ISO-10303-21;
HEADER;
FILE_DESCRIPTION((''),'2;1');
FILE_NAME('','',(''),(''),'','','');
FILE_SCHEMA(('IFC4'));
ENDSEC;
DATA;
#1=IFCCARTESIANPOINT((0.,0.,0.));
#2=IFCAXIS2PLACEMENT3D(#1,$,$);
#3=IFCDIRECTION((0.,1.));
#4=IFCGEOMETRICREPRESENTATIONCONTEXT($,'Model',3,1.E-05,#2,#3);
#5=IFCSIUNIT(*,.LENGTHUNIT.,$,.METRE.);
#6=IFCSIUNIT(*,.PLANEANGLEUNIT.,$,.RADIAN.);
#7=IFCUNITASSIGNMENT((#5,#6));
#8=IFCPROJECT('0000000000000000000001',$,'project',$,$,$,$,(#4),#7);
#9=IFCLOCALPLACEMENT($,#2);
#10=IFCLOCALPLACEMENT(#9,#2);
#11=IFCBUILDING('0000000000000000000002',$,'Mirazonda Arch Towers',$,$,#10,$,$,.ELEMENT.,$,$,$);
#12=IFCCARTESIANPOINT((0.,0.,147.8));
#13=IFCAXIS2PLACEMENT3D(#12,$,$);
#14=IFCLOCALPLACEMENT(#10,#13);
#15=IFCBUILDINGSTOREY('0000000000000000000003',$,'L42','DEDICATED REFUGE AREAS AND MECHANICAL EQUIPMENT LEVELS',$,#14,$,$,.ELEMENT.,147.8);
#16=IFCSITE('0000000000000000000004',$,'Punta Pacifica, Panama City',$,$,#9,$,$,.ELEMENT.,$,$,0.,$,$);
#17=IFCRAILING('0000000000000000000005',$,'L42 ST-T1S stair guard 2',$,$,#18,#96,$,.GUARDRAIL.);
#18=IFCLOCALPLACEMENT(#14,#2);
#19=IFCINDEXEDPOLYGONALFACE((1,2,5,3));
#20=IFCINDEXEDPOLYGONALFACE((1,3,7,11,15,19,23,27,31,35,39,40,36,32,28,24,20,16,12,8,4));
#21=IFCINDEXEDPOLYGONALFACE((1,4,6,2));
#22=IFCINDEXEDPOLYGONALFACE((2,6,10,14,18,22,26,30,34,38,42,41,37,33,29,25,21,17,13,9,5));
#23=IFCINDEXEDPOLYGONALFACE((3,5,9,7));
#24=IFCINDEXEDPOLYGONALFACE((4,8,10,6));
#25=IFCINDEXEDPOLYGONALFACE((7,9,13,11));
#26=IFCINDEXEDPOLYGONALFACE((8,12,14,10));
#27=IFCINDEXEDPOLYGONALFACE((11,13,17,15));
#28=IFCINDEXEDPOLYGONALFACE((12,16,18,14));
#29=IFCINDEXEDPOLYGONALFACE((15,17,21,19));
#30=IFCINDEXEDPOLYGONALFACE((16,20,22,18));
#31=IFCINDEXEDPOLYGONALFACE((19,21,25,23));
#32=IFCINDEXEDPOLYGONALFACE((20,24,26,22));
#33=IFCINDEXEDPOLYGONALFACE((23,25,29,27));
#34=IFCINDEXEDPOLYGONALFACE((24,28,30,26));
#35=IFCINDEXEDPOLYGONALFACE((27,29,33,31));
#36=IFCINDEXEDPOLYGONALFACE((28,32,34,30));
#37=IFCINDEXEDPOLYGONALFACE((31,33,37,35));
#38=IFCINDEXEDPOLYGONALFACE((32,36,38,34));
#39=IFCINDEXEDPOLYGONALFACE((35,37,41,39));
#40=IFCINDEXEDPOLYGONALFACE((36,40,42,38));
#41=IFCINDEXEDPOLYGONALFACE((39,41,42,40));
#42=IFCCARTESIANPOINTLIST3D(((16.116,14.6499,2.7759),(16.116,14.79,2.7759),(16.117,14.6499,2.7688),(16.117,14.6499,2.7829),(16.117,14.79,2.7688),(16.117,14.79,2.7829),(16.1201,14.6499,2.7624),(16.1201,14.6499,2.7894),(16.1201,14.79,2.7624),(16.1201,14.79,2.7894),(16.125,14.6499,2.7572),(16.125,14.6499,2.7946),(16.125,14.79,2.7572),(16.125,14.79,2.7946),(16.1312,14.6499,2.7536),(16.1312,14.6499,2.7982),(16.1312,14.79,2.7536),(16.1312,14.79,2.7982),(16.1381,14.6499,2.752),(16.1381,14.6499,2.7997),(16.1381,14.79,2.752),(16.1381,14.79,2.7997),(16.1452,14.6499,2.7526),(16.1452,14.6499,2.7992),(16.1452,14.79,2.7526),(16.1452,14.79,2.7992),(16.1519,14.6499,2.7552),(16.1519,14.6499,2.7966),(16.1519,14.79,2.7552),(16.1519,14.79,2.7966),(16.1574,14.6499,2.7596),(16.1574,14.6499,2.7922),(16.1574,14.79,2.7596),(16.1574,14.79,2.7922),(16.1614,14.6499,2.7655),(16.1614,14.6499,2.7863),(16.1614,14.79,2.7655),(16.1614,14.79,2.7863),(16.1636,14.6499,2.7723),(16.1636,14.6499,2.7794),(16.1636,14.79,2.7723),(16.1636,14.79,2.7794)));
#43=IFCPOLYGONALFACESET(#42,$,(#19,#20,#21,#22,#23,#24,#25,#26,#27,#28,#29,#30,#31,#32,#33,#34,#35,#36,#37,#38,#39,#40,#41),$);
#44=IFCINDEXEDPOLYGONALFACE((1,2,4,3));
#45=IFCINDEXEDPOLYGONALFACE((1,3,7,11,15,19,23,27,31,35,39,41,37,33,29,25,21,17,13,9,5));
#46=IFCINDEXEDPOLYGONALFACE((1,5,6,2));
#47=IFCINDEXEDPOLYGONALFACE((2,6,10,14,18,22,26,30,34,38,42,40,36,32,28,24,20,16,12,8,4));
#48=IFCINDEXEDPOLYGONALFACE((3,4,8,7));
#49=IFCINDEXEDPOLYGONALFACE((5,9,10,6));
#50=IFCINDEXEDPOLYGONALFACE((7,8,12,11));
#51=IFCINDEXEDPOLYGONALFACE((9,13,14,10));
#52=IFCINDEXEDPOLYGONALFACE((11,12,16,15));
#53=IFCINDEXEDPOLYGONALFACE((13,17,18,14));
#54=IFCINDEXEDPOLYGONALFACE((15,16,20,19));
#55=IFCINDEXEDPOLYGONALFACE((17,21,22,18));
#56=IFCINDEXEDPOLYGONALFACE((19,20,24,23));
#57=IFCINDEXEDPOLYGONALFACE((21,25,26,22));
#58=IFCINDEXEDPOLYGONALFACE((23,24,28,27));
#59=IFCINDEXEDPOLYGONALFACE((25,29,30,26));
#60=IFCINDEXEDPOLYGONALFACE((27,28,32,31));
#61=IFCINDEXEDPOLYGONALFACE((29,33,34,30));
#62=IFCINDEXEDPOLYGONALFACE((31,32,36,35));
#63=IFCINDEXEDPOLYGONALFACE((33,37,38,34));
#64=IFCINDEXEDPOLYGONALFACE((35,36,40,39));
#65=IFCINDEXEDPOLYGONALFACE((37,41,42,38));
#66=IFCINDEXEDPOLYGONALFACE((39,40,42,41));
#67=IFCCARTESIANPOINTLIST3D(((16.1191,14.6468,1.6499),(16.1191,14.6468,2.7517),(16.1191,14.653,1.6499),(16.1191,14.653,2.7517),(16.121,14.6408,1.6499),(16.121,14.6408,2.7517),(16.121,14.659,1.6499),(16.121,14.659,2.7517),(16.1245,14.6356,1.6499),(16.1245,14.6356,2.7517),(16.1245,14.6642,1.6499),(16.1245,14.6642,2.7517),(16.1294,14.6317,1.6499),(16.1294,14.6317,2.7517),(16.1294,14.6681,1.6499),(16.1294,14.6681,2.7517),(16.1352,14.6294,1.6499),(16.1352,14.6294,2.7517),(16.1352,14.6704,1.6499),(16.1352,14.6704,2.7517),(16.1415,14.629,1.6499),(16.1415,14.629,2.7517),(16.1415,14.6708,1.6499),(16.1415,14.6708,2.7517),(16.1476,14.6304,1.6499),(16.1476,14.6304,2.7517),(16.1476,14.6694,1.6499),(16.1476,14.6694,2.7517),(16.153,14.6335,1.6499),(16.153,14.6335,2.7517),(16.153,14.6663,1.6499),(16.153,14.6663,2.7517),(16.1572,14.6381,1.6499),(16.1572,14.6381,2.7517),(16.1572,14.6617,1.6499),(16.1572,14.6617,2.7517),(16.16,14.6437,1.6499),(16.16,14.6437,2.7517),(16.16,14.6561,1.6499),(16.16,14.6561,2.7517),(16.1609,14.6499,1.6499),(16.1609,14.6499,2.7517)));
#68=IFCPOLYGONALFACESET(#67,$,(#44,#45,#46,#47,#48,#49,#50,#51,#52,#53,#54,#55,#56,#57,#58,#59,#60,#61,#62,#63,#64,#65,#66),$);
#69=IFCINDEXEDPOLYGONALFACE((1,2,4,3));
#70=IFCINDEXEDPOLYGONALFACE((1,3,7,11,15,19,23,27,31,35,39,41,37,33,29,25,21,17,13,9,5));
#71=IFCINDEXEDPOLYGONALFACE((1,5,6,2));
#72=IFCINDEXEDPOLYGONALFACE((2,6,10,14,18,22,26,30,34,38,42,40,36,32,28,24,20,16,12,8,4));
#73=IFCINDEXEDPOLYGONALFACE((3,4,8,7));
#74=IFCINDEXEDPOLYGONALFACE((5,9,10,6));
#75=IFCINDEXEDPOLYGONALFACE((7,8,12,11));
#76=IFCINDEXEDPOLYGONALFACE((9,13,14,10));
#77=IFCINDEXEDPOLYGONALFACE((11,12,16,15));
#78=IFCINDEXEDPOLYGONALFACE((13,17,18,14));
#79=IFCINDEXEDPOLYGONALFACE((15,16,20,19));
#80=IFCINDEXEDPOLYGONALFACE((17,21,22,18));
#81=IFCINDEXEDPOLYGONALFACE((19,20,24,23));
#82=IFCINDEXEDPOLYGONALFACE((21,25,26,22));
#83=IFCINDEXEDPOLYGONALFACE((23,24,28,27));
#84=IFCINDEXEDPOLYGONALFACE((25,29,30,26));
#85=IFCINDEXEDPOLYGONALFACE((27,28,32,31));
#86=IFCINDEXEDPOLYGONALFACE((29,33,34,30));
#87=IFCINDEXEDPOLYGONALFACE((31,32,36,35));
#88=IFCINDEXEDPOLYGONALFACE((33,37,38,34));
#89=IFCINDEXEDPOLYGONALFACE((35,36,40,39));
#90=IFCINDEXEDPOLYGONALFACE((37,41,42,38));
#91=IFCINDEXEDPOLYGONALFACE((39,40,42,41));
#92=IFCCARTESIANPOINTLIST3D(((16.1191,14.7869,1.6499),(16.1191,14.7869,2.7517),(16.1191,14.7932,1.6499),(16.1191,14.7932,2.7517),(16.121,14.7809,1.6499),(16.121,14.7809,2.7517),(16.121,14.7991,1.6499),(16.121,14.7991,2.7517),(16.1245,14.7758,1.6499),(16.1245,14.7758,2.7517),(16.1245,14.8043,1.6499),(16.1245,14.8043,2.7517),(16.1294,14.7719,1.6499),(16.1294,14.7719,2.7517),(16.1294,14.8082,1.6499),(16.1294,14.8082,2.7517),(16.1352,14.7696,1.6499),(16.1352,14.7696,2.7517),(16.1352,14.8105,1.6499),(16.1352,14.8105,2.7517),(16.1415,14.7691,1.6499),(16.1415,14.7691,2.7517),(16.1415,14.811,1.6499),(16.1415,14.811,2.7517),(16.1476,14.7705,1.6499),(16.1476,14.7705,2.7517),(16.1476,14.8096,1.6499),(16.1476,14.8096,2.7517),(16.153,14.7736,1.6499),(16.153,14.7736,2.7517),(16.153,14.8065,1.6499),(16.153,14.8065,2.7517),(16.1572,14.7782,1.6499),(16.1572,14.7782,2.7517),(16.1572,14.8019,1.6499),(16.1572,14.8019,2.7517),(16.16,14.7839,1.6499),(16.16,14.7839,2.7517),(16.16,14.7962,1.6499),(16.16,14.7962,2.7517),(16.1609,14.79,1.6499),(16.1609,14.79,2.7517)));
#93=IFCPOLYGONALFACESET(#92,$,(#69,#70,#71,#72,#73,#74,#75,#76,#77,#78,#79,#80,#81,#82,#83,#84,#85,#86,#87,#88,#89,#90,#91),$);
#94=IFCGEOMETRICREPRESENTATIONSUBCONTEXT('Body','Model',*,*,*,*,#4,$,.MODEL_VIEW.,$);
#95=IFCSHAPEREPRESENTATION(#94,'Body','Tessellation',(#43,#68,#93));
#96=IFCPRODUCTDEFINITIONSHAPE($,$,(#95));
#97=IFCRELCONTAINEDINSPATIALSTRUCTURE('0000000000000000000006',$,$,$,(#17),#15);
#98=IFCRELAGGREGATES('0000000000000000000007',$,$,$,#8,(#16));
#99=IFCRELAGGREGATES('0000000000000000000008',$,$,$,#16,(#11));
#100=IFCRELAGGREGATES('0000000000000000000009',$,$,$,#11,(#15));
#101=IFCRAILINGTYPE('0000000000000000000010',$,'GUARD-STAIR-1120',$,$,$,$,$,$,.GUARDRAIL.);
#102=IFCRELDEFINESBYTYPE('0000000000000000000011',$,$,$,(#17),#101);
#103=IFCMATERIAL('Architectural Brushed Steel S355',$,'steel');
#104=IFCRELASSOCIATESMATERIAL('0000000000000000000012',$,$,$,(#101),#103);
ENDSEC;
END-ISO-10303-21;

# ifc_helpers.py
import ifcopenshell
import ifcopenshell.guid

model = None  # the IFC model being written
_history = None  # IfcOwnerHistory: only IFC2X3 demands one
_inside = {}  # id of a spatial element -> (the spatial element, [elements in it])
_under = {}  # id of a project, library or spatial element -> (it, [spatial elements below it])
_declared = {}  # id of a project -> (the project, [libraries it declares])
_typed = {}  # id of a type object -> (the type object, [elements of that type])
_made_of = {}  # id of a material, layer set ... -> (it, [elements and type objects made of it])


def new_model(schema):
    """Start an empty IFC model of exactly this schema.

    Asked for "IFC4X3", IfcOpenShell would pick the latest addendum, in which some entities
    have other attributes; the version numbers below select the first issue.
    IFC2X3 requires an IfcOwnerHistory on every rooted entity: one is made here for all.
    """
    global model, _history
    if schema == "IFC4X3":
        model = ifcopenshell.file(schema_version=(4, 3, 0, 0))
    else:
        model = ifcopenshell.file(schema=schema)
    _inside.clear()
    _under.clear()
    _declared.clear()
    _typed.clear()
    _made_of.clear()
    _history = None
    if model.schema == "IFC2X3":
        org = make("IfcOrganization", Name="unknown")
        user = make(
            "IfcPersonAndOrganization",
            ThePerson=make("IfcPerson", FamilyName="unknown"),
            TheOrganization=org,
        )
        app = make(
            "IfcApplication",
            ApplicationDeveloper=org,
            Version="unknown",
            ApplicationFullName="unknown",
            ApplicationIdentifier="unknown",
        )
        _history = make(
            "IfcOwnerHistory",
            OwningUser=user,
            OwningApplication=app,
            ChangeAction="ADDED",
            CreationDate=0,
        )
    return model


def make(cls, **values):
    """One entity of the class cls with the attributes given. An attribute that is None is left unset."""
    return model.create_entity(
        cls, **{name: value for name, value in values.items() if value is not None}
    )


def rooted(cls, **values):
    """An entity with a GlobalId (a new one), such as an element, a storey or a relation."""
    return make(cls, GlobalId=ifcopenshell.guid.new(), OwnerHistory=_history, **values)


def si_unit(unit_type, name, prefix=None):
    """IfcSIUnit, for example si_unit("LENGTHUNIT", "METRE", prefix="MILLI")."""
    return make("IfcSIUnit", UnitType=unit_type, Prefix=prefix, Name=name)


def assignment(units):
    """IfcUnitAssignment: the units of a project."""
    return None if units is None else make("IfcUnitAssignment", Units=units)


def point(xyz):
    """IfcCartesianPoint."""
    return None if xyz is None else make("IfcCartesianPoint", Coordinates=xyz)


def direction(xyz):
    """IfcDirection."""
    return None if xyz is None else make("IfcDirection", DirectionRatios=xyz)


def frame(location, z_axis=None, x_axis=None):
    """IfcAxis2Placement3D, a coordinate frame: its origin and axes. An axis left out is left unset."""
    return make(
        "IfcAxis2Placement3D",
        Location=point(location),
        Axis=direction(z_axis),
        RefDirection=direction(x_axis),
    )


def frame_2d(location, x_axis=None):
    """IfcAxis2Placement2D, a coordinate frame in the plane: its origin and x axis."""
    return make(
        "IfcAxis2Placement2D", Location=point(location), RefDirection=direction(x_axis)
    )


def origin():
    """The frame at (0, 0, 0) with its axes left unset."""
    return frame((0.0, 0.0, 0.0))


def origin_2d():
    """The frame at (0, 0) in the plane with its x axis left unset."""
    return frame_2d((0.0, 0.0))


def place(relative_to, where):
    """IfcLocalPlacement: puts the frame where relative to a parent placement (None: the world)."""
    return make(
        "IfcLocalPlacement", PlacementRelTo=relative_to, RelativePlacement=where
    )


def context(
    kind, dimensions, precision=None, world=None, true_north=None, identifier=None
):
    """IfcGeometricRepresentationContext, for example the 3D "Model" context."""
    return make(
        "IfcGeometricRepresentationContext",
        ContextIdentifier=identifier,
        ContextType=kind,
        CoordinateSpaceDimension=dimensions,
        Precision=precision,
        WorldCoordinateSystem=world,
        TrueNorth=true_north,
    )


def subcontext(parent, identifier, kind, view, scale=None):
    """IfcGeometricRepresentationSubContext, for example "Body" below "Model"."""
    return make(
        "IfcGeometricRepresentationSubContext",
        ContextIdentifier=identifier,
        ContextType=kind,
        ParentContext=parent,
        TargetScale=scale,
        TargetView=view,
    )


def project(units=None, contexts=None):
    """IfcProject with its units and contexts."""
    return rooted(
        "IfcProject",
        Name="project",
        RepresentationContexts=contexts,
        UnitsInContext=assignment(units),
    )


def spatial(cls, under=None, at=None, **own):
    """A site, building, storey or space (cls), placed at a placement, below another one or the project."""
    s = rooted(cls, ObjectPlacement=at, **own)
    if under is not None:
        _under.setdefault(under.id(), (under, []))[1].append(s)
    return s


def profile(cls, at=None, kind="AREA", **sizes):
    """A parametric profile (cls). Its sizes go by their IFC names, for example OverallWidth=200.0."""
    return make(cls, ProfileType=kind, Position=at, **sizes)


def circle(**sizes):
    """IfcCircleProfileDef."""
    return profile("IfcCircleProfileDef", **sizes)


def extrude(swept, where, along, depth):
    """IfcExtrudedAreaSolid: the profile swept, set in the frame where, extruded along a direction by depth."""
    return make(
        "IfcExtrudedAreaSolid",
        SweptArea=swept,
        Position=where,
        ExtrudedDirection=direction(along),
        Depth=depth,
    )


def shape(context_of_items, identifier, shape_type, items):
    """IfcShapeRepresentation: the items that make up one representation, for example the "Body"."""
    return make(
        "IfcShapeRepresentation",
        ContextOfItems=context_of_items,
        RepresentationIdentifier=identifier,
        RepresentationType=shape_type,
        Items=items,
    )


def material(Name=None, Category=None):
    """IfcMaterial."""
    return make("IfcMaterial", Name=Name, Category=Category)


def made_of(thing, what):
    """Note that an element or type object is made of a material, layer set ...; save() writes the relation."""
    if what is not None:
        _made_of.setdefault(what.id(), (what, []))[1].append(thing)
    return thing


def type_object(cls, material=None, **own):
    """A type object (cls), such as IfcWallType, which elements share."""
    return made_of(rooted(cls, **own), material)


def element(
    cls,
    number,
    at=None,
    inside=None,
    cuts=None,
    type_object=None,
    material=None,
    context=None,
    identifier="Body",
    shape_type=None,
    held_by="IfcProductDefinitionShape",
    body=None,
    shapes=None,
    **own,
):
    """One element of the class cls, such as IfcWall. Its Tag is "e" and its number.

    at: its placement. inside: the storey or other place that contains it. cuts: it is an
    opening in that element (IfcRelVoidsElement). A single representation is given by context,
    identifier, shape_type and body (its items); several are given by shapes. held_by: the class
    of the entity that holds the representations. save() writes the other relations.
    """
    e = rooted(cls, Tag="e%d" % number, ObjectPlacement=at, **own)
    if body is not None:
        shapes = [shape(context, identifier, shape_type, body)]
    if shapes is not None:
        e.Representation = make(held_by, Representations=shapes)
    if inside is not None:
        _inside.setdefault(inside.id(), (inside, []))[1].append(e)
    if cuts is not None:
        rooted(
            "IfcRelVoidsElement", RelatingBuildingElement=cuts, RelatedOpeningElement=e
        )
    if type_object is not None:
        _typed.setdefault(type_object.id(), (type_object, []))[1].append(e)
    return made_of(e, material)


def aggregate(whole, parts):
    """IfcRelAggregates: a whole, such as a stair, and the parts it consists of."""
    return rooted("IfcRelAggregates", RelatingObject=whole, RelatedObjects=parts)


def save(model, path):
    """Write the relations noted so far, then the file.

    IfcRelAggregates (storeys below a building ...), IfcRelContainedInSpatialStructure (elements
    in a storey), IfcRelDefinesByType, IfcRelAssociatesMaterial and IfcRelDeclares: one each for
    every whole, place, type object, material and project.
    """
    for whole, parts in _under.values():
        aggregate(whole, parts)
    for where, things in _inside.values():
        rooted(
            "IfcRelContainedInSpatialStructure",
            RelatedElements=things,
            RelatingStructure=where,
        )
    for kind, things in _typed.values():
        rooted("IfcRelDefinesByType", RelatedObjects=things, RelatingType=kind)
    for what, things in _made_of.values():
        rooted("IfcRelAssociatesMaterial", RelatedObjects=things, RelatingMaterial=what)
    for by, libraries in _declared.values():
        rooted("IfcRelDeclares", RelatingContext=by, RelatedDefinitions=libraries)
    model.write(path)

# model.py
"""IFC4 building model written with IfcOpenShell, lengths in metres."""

from ifc_helpers import new_model, si_unit, direction, frame, origin, origin_2d, place, context, subcontext, project, spatial, circle, extrude, material, type_object, element, save


model = new_model("IFC4")

# Units and contexts
model_context = context("Model", 3, precision=1e-05, world=origin(), true_north=direction((0.0, 1.0)))
body_context = subcontext(model_context, "Body", "Model", "MODEL_VIEW")
ifc_project = project(units=[si_unit("LENGTHUNIT", "METRE"), si_unit("PLANEANGLEUNIT", "RADIAN")], contexts=[model_context])

# Site, building, storey
site_placement = place(None, origin())
site = spatial("IfcSite", under=ifc_project, at=site_placement, Name="Punta Pacifica, Panama City", CompositionType="ELEMENT", RefElevation=0.0)
building_placement = place(site_placement, origin())
building = spatial("IfcBuilding", under=site, at=building_placement, Name="Mirazonda Arch Towers", CompositionType="ELEMENT")
storey_placement = place(building_placement, frame((0.0, 0.0, 147.8)))
storey = spatial("IfcBuildingStorey", under=building, at=storey_placement, Name="L42", Description="DEDICATED REFUGE AREAS AND MECHANICAL EQUIPMENT LEVELS", CompositionType="ELEMENT", Elevation=147.8)

# Shared definitions
ifc_material_1 = material(Name="Architectural Brushed Steel S355", Category="steel")

# Railing
railing_type_1 = type_object("IfcRailingType", Name="GUARD-STAIR-1120", PredefinedType="GUARDRAIL", material=ifc_material_1)
railing_1_placement = place(storey_placement, frame((16.1399, 14.6499, 1.6499)))
element("IfcRailing", 1, at=railing_1_placement, inside=storey, type_object=railing_type_1, Name="L42 ST-T1S stair guard 2", PredefinedType="GUARDRAIL", context=body_context, shape_type="SweptSolid", body=[
    extrude(circle(Radius=0.0239, at=origin_2d()), frame((0.0, 0.0, 1.126), z_axis=(0.0, 1.0, 0.0), x_axis=(-1.0, 0.0, 0.0)), (0.0, 0.0, 1.0), 0.1401),
    extrude(circle(Radius=0.021, at=origin_2d()), origin(), (0.0, 0.0, 1.0), 1.1018),
    extrude(circle(Radius=0.021, at=origin_2d()), frame((0.0, 0.1401, 0.0)), (0.0, 0.0, 1.0), 1.1018),
])

save(model, "model.ifc")
